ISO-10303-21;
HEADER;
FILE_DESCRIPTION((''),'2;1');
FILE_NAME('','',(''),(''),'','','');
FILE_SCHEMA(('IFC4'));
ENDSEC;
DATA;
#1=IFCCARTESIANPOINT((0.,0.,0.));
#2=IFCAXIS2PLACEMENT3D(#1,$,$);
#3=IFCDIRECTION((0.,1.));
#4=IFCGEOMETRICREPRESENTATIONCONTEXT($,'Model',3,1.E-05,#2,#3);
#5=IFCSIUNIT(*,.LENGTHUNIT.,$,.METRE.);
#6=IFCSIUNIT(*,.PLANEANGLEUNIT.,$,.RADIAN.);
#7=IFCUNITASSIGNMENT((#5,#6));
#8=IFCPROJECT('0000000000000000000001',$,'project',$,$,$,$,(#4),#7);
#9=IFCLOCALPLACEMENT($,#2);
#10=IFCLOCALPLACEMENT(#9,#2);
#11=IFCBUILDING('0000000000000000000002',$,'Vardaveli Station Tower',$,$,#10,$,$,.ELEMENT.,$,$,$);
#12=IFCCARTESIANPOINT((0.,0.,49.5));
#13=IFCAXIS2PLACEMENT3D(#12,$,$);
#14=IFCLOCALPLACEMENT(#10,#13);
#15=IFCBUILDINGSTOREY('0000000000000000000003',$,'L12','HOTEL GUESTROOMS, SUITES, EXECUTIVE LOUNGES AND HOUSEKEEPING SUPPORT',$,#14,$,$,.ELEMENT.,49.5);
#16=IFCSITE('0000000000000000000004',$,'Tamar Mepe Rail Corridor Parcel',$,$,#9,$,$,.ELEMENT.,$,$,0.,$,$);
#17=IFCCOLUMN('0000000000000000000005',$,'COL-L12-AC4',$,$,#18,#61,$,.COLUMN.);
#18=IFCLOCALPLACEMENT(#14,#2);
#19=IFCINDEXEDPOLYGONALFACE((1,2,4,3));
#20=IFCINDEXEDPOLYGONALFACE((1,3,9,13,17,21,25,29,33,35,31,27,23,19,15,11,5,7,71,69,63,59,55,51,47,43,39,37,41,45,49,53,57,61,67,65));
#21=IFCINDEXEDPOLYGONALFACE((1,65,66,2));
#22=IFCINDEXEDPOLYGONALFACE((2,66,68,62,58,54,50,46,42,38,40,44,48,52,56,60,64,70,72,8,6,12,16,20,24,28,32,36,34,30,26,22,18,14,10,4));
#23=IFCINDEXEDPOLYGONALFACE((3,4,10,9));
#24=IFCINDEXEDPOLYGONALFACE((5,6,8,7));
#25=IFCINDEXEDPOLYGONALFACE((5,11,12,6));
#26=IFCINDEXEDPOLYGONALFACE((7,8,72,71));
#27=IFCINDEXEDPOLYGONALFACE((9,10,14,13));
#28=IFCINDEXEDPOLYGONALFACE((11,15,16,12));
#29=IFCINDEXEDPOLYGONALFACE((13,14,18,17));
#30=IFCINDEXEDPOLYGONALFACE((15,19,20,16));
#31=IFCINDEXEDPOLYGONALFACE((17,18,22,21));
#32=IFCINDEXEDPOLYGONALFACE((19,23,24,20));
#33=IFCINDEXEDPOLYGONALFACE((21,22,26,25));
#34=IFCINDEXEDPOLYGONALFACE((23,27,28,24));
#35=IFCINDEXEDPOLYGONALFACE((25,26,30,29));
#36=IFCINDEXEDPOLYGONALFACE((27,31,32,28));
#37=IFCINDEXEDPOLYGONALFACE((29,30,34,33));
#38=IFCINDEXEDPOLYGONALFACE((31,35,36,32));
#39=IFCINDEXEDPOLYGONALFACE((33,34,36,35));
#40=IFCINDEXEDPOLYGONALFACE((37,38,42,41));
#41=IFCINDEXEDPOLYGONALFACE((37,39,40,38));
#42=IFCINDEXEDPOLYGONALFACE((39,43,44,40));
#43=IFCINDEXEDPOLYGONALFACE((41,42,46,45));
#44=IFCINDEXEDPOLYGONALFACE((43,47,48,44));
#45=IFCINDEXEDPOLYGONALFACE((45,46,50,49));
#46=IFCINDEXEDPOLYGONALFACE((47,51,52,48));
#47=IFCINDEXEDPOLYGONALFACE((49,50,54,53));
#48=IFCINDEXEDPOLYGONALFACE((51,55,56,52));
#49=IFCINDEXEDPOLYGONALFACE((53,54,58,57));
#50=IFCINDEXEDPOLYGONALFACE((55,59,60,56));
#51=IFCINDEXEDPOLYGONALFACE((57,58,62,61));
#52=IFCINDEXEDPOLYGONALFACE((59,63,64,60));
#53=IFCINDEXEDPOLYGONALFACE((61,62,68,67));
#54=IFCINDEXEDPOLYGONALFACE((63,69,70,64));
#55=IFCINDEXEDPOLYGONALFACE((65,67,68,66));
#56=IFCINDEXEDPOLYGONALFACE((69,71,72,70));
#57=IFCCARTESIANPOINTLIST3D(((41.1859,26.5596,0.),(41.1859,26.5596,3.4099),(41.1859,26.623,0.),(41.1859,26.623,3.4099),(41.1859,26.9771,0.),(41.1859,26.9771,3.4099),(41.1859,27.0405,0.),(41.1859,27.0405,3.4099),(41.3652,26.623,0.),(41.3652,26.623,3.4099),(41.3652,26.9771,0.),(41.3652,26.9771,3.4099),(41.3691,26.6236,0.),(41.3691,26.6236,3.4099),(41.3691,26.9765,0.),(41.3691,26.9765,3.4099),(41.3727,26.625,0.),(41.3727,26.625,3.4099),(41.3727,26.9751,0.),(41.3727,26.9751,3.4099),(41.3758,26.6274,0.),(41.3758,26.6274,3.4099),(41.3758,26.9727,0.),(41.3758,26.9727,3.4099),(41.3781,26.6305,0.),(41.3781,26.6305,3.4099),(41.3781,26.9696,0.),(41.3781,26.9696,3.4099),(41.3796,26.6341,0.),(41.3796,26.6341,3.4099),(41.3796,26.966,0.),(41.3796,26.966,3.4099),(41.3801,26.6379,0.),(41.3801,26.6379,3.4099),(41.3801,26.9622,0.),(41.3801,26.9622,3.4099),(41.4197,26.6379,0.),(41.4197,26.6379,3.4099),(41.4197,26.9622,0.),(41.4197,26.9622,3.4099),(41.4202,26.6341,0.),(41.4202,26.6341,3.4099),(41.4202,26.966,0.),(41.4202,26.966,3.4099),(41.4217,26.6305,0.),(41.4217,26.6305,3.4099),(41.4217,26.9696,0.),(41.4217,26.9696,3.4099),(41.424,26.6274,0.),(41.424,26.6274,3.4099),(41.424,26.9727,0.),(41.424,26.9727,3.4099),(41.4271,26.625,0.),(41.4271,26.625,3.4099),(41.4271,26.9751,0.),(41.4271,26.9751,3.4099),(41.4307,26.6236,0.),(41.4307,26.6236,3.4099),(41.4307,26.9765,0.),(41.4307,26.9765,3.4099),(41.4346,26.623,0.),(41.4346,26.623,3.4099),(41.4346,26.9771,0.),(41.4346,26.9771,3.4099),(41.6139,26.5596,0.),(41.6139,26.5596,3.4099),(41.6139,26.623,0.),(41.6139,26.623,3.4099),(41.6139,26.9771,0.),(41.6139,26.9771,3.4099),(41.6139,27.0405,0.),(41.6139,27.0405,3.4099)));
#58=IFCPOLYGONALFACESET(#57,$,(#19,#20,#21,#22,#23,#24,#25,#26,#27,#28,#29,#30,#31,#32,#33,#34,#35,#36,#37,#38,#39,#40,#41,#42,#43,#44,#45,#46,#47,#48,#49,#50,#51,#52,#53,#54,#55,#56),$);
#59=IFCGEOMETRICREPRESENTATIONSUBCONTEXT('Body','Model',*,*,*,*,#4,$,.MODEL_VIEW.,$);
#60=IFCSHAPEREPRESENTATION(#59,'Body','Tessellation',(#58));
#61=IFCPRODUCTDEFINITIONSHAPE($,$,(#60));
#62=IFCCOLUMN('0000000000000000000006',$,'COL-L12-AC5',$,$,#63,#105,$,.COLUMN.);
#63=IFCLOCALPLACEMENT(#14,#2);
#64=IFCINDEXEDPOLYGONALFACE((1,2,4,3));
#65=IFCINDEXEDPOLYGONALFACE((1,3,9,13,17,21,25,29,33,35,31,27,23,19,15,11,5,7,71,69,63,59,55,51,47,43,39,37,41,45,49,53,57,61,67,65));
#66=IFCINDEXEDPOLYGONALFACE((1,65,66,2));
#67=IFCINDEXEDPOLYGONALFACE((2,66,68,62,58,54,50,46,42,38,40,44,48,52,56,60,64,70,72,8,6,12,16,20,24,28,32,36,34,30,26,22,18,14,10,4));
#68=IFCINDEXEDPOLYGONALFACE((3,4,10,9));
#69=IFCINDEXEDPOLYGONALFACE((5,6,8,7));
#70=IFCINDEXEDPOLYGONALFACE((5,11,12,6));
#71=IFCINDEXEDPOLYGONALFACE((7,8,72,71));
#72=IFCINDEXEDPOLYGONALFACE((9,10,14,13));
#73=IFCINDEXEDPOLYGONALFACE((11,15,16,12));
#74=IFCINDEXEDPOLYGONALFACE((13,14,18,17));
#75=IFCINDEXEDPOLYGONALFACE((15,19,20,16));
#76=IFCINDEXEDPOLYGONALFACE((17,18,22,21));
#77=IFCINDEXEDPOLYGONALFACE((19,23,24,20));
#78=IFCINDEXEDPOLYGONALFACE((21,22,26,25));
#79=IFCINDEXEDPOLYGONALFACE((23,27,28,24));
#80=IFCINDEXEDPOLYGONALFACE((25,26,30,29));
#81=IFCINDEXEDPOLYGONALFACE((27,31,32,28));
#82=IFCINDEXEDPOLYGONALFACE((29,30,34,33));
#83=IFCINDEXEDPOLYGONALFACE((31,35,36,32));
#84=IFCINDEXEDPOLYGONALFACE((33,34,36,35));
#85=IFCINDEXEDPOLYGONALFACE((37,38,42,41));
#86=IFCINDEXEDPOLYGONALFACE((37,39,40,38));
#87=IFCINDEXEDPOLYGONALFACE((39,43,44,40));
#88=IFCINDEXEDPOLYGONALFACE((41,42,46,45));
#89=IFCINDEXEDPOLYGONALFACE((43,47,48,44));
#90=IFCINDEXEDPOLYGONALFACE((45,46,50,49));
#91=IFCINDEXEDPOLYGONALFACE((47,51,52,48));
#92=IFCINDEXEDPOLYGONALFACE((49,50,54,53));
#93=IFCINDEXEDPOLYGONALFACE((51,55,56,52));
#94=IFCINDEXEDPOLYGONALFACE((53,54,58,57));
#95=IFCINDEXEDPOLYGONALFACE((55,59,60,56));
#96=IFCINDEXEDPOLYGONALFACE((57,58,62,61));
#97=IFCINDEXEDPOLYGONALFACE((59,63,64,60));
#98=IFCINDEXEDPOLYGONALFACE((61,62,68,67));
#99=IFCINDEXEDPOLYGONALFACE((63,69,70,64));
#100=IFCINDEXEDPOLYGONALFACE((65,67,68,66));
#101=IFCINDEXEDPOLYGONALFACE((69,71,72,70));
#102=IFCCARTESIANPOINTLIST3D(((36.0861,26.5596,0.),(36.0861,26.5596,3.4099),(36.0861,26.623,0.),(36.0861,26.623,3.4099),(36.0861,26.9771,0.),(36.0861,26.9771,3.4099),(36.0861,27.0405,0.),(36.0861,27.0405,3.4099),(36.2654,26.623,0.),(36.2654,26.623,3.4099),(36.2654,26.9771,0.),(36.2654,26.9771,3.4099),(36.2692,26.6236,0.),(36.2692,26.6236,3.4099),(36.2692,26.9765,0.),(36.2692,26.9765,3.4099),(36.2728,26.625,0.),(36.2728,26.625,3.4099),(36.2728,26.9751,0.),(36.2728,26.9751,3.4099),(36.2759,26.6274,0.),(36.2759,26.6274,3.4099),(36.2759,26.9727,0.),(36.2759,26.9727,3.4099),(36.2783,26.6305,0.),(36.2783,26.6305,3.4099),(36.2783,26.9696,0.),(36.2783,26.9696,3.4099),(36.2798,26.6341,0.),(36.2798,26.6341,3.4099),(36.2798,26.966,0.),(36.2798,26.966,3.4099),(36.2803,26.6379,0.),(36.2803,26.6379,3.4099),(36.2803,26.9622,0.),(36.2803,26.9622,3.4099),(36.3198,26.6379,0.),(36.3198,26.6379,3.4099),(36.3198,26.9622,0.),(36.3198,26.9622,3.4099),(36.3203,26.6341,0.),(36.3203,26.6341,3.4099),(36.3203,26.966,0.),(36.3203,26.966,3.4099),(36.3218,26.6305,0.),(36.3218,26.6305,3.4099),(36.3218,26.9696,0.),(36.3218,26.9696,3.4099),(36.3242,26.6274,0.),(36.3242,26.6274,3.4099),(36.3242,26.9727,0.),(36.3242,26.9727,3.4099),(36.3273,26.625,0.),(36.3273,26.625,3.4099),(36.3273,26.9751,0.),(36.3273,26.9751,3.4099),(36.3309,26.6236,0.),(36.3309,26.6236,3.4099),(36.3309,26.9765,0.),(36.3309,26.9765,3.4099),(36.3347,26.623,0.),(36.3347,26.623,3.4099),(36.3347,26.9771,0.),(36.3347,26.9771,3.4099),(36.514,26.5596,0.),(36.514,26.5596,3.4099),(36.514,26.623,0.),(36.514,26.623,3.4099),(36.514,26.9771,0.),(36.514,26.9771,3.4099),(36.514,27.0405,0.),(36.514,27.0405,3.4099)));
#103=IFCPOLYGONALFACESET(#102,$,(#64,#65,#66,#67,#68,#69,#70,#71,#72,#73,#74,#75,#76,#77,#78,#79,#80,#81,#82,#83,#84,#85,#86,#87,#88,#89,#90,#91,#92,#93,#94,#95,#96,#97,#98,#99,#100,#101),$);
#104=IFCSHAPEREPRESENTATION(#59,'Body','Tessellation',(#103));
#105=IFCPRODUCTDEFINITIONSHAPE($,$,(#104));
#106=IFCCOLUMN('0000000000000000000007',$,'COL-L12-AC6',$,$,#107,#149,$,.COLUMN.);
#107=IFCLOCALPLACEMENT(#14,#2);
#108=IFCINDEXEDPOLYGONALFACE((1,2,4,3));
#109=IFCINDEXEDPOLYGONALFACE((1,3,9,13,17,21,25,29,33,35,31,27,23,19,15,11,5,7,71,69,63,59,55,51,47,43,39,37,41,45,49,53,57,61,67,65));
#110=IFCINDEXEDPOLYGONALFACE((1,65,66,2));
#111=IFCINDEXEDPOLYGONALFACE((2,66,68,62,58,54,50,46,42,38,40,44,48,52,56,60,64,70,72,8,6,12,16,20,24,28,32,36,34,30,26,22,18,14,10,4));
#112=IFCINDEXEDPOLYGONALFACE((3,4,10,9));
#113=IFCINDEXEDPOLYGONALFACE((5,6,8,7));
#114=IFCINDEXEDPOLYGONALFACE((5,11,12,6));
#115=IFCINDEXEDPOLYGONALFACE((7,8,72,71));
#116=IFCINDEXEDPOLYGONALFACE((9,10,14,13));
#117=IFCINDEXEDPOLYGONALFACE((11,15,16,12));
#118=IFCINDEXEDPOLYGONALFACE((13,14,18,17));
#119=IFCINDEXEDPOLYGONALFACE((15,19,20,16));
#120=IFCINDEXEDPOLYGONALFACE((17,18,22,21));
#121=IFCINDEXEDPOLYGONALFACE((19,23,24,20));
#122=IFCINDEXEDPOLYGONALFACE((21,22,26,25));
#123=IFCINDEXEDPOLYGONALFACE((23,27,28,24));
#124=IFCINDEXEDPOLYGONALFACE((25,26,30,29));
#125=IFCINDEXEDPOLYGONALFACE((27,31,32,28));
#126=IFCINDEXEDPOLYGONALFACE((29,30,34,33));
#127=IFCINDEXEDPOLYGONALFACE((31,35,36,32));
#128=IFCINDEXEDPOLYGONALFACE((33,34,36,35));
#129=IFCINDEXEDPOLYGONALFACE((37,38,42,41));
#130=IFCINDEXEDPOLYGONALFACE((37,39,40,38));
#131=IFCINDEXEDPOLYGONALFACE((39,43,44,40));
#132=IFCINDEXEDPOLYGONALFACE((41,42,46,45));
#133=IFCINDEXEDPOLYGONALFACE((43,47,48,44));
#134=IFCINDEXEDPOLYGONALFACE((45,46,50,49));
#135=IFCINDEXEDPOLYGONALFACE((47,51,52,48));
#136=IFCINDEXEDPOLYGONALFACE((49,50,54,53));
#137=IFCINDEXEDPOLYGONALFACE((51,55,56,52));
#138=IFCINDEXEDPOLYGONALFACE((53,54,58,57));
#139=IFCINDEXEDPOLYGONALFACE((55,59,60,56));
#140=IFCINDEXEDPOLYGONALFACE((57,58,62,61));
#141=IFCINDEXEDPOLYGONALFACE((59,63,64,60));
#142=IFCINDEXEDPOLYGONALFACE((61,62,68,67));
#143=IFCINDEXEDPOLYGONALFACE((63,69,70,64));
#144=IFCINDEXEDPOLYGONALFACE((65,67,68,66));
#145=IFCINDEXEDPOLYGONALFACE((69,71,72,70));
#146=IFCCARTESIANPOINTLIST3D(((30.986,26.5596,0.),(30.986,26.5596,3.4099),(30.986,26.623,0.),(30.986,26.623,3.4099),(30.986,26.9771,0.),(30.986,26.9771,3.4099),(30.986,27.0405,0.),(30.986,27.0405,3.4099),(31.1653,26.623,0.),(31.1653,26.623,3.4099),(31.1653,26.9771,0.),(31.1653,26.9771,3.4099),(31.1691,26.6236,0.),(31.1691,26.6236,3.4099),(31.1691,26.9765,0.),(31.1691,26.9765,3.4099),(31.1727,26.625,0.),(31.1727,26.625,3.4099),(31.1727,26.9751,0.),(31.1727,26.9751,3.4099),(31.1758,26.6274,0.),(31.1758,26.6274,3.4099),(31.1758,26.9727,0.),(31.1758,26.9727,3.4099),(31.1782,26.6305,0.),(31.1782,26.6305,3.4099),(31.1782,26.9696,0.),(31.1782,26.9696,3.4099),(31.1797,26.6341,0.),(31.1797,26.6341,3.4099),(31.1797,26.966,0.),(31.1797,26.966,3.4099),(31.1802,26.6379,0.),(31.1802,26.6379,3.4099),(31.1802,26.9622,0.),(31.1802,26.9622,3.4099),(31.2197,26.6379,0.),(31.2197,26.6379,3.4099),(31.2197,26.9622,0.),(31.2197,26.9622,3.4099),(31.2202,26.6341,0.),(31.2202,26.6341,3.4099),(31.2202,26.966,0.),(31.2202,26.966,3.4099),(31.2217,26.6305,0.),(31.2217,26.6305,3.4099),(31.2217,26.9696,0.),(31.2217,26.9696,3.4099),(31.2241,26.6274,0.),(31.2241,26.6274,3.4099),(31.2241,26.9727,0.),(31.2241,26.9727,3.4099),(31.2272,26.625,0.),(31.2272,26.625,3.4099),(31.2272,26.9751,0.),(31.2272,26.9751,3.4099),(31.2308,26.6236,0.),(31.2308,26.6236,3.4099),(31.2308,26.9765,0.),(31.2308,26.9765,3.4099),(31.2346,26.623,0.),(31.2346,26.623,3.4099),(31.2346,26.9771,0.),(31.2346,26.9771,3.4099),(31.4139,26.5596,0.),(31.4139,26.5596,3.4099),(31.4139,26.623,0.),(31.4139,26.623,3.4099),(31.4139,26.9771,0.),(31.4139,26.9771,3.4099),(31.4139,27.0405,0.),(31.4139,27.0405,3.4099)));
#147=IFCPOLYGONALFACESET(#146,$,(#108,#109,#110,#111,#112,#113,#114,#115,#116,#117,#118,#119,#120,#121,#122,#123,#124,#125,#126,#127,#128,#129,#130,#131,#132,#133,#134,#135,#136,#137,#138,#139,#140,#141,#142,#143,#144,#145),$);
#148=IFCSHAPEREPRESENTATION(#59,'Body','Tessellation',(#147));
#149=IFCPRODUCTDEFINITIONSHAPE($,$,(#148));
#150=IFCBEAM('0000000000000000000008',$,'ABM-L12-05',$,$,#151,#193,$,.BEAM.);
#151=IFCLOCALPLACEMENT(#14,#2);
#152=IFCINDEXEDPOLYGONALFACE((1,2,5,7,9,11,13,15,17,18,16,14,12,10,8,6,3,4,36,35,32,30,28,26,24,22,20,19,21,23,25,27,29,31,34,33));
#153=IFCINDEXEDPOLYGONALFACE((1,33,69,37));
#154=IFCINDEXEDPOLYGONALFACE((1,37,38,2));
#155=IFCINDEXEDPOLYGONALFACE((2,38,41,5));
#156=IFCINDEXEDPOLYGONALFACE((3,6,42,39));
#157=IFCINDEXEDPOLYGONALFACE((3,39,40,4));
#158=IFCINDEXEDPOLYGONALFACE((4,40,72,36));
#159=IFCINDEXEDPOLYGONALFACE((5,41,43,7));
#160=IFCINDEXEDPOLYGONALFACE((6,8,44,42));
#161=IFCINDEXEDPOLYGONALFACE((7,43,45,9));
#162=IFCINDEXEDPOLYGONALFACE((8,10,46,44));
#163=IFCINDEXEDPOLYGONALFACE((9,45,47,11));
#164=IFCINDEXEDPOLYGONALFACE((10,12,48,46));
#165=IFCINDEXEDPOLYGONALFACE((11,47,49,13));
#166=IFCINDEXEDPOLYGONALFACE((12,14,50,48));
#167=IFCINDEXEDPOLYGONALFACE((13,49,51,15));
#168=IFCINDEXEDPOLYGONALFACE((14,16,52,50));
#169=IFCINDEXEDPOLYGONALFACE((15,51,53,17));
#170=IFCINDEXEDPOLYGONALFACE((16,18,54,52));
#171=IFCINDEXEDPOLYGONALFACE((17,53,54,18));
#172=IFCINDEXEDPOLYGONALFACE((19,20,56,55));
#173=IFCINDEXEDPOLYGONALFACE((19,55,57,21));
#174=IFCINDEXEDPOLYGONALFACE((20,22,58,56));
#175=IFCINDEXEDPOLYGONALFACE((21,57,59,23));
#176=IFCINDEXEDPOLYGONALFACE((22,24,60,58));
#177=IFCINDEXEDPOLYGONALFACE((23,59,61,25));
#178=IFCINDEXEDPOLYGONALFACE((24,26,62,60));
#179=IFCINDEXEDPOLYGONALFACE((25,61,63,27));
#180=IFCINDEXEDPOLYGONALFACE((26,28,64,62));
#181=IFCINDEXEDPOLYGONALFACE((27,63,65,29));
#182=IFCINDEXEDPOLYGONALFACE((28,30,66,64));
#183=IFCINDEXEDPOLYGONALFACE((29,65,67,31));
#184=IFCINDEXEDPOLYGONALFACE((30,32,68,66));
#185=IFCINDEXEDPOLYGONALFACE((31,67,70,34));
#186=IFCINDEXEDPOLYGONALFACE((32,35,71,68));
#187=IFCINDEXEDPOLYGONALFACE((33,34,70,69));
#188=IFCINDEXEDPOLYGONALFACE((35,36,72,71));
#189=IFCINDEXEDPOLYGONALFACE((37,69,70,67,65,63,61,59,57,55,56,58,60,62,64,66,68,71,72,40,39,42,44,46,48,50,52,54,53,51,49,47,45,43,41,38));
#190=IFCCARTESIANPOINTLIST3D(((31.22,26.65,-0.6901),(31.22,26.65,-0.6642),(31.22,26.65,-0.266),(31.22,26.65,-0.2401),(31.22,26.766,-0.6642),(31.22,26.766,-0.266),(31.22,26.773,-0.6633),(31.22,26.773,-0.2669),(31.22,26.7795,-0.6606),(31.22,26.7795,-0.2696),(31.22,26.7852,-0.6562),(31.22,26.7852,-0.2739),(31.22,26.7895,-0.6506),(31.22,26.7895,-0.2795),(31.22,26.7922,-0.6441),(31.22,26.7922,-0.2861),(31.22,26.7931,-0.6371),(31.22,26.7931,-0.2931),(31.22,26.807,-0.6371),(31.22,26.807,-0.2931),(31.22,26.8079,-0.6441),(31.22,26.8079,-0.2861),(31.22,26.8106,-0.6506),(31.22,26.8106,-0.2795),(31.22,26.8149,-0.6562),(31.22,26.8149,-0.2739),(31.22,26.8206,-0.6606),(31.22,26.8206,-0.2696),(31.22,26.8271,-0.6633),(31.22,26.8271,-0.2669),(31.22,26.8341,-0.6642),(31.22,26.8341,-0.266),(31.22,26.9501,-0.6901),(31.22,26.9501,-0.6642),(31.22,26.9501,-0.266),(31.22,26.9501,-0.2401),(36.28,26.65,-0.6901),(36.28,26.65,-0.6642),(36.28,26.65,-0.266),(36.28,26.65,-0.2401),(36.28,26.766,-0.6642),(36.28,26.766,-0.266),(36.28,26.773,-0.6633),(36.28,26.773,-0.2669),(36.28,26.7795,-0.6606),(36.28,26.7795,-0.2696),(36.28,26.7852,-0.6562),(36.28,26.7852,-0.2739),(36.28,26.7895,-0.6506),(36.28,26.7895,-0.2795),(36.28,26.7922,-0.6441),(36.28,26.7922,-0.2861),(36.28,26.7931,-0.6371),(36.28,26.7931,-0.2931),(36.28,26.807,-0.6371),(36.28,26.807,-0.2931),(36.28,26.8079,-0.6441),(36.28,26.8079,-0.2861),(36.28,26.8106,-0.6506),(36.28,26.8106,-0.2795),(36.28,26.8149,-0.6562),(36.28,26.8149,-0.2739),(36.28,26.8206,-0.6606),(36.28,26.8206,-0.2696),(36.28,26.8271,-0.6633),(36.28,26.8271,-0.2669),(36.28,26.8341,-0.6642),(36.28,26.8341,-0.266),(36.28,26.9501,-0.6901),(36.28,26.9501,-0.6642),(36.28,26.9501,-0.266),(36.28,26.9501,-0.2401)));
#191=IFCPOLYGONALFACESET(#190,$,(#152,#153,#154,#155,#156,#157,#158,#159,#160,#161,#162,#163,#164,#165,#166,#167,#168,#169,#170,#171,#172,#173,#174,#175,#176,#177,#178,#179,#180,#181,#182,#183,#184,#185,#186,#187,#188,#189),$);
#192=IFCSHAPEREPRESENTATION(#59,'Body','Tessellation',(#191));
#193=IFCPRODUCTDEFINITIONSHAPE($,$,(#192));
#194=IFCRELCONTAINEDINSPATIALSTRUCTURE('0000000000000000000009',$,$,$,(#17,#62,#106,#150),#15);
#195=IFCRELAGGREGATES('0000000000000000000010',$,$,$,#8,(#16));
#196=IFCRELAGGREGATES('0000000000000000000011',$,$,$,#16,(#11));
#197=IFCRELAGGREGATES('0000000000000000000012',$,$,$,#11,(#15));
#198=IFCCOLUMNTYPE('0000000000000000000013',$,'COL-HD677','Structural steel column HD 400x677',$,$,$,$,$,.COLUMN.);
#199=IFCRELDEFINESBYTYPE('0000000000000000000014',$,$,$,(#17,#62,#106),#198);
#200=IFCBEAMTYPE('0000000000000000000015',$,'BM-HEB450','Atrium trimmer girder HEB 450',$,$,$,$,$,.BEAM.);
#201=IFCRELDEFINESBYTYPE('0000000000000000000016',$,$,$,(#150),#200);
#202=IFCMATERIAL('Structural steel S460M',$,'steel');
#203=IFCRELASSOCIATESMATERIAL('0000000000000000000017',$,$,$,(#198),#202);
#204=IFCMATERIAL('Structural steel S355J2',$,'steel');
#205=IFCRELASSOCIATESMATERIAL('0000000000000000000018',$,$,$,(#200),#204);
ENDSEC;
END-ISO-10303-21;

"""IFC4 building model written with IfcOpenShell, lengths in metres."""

from ifc_helpers import new_model, si_unit, direction, frame, origin, origin_2d, place, context, subcontext, project, spatial, i_section, extrude, source, transform, mapped, material, material_profile, profile_set, type_object, element, save


model = new_model("IFC4")

# Units and contexts
model_context = context("Model", 3, precision=1e-05, world=origin(), true_north=direction((0.0, 1.0)))
body_context = subcontext(model_context, "Body", "Model", "MODEL_VIEW")
ifc_project = project(units=[si_unit("LENGTHUNIT", "METRE"), si_unit("PLANEANGLEUNIT", "RADIAN")], contexts=[model_context])

# Site, building, storey
site_placement = place(None, origin())
site = spatial("IfcSite", under=ifc_project, at=site_placement, Name="Tamar Mepe Rail Corridor Parcel", CompositionType="ELEMENT", RefElevation=0.0)
building_placement = place(site_placement, origin())
building = spatial("IfcBuilding", under=site, at=building_placement, Name="Vardaveli Station Tower", CompositionType="ELEMENT")
storey_placement = place(building_placement, frame((0.0, 0.0, 49.5)))
storey = spatial("IfcBuildingStorey", under=building, at=storey_placement, Name="L12", Description="HOTEL GUESTROOMS, SUITES, EXECUTIVE LOUNGES AND HOUSEKEEPING SUPPORT", CompositionType="ELEMENT", Elevation=49.5)

# Columns
ifc_material_1 = material(Name="Structural steel S460M", Category="steel")
ifc_material_profile_1 = material_profile(ifc_material_1, i_section(OverallWidth=0.428, OverallDepth=0.481, WebThickness=0.0396, FlangeThickness=0.0635, FilletRadius=0.0149, at=origin_2d()), Name="HD 400x677")
ifc_profile_set_1 = profile_set([ifc_material_profile_1], Name="Structural steel S460M")
column_type = type_object("IfcColumnType", Name="COL-HD677", Description="Structural steel column HD 400x677", PredefinedType="COLUMN", material=ifc_profile_set_1)
shared_shape_1 = source(origin(), body_context, "Body", "SweptSolid", [
    extrude(i_section(OverallWidth=0.428, OverallDepth=0.481, WebThickness=0.0396, FlangeThickness=0.0635, FilletRadius=0.0149, at=origin_2d()), origin(), (0.0, 0.0, 1.0), 3.4099),
])
for number, where, z_axis, x_axis, name in (
    (1, (41.3999, 26.8, 0.0), (0.0, 0.0, 1.0), (1.0, 0.0, 0.0), "COL-L12-AC4"),
    (2, (36.3, 26.8, 0.0), (0.0, 0.0, 1.0), (1.0, 0.0, 0.0), "COL-L12-AC5"),
    (3, (31.2, 26.8, 0.0), (0.0, 0.0, 1.0), (1.0, 0.0, 0.0), "COL-L12-AC6"),
):
    element("IfcColumn", number, at=place(storey_placement, frame(where, z_axis=z_axis, x_axis=x_axis)), inside=storey, type_object=column_type, Name=name, PredefinedType="COLUMN", context=body_context, shape_type="MappedRepresentation", body=[
        mapped(shared_shape_1, transform((0.0, 0.0, 0.0), scale=1.0)),
    ])

# Beam
ifc_material_2 = material(Name="Structural steel S355J2", Category="steel")
ifc_material_profile_2 = material_profile(ifc_material_2, i_section(OverallWidth=0.3, OverallDepth=0.45, WebThickness=0.0139, FlangeThickness=0.0259, FilletRadius=0.0271, at=origin_2d()), Name="HEB 450")
ifc_profile_set_2 = profile_set([ifc_material_profile_2], Name="Structural steel S355J2")
beam_type_1 = type_object("IfcBeamType", Name="BM-HEB450", Description="Atrium trimmer girder HEB 450", PredefinedType="BEAM", material=ifc_profile_set_2)
shared_shape_2 = source(origin(), body_context, "Body", "SweptSolid", [
    extrude(i_section(OverallWidth=0.3, OverallDepth=0.45, WebThickness=0.0139, FlangeThickness=0.0259, FilletRadius=0.0271, at=origin_2d()), origin(), (0.0, 0.0, 1.0), 5.0601),
])
beam_1_placement = place(storey_placement, frame((36.28, 26.8, -0.4651), z_axis=(-1.0, 0.0, 0.0), x_axis=(0.0, -1.0, 0.0)))
element("IfcBeam", 4, at=beam_1_placement, inside=storey, type_object=beam_type_1, Name="ABM-L12-05", PredefinedType="BEAM", context=body_context, shape_type="MappedRepresentation", body=[
    mapped(shared_shape_2, transform((0.0, 0.0, 0.0), scale=1.0)),
])

save(model, "model.ifc")
